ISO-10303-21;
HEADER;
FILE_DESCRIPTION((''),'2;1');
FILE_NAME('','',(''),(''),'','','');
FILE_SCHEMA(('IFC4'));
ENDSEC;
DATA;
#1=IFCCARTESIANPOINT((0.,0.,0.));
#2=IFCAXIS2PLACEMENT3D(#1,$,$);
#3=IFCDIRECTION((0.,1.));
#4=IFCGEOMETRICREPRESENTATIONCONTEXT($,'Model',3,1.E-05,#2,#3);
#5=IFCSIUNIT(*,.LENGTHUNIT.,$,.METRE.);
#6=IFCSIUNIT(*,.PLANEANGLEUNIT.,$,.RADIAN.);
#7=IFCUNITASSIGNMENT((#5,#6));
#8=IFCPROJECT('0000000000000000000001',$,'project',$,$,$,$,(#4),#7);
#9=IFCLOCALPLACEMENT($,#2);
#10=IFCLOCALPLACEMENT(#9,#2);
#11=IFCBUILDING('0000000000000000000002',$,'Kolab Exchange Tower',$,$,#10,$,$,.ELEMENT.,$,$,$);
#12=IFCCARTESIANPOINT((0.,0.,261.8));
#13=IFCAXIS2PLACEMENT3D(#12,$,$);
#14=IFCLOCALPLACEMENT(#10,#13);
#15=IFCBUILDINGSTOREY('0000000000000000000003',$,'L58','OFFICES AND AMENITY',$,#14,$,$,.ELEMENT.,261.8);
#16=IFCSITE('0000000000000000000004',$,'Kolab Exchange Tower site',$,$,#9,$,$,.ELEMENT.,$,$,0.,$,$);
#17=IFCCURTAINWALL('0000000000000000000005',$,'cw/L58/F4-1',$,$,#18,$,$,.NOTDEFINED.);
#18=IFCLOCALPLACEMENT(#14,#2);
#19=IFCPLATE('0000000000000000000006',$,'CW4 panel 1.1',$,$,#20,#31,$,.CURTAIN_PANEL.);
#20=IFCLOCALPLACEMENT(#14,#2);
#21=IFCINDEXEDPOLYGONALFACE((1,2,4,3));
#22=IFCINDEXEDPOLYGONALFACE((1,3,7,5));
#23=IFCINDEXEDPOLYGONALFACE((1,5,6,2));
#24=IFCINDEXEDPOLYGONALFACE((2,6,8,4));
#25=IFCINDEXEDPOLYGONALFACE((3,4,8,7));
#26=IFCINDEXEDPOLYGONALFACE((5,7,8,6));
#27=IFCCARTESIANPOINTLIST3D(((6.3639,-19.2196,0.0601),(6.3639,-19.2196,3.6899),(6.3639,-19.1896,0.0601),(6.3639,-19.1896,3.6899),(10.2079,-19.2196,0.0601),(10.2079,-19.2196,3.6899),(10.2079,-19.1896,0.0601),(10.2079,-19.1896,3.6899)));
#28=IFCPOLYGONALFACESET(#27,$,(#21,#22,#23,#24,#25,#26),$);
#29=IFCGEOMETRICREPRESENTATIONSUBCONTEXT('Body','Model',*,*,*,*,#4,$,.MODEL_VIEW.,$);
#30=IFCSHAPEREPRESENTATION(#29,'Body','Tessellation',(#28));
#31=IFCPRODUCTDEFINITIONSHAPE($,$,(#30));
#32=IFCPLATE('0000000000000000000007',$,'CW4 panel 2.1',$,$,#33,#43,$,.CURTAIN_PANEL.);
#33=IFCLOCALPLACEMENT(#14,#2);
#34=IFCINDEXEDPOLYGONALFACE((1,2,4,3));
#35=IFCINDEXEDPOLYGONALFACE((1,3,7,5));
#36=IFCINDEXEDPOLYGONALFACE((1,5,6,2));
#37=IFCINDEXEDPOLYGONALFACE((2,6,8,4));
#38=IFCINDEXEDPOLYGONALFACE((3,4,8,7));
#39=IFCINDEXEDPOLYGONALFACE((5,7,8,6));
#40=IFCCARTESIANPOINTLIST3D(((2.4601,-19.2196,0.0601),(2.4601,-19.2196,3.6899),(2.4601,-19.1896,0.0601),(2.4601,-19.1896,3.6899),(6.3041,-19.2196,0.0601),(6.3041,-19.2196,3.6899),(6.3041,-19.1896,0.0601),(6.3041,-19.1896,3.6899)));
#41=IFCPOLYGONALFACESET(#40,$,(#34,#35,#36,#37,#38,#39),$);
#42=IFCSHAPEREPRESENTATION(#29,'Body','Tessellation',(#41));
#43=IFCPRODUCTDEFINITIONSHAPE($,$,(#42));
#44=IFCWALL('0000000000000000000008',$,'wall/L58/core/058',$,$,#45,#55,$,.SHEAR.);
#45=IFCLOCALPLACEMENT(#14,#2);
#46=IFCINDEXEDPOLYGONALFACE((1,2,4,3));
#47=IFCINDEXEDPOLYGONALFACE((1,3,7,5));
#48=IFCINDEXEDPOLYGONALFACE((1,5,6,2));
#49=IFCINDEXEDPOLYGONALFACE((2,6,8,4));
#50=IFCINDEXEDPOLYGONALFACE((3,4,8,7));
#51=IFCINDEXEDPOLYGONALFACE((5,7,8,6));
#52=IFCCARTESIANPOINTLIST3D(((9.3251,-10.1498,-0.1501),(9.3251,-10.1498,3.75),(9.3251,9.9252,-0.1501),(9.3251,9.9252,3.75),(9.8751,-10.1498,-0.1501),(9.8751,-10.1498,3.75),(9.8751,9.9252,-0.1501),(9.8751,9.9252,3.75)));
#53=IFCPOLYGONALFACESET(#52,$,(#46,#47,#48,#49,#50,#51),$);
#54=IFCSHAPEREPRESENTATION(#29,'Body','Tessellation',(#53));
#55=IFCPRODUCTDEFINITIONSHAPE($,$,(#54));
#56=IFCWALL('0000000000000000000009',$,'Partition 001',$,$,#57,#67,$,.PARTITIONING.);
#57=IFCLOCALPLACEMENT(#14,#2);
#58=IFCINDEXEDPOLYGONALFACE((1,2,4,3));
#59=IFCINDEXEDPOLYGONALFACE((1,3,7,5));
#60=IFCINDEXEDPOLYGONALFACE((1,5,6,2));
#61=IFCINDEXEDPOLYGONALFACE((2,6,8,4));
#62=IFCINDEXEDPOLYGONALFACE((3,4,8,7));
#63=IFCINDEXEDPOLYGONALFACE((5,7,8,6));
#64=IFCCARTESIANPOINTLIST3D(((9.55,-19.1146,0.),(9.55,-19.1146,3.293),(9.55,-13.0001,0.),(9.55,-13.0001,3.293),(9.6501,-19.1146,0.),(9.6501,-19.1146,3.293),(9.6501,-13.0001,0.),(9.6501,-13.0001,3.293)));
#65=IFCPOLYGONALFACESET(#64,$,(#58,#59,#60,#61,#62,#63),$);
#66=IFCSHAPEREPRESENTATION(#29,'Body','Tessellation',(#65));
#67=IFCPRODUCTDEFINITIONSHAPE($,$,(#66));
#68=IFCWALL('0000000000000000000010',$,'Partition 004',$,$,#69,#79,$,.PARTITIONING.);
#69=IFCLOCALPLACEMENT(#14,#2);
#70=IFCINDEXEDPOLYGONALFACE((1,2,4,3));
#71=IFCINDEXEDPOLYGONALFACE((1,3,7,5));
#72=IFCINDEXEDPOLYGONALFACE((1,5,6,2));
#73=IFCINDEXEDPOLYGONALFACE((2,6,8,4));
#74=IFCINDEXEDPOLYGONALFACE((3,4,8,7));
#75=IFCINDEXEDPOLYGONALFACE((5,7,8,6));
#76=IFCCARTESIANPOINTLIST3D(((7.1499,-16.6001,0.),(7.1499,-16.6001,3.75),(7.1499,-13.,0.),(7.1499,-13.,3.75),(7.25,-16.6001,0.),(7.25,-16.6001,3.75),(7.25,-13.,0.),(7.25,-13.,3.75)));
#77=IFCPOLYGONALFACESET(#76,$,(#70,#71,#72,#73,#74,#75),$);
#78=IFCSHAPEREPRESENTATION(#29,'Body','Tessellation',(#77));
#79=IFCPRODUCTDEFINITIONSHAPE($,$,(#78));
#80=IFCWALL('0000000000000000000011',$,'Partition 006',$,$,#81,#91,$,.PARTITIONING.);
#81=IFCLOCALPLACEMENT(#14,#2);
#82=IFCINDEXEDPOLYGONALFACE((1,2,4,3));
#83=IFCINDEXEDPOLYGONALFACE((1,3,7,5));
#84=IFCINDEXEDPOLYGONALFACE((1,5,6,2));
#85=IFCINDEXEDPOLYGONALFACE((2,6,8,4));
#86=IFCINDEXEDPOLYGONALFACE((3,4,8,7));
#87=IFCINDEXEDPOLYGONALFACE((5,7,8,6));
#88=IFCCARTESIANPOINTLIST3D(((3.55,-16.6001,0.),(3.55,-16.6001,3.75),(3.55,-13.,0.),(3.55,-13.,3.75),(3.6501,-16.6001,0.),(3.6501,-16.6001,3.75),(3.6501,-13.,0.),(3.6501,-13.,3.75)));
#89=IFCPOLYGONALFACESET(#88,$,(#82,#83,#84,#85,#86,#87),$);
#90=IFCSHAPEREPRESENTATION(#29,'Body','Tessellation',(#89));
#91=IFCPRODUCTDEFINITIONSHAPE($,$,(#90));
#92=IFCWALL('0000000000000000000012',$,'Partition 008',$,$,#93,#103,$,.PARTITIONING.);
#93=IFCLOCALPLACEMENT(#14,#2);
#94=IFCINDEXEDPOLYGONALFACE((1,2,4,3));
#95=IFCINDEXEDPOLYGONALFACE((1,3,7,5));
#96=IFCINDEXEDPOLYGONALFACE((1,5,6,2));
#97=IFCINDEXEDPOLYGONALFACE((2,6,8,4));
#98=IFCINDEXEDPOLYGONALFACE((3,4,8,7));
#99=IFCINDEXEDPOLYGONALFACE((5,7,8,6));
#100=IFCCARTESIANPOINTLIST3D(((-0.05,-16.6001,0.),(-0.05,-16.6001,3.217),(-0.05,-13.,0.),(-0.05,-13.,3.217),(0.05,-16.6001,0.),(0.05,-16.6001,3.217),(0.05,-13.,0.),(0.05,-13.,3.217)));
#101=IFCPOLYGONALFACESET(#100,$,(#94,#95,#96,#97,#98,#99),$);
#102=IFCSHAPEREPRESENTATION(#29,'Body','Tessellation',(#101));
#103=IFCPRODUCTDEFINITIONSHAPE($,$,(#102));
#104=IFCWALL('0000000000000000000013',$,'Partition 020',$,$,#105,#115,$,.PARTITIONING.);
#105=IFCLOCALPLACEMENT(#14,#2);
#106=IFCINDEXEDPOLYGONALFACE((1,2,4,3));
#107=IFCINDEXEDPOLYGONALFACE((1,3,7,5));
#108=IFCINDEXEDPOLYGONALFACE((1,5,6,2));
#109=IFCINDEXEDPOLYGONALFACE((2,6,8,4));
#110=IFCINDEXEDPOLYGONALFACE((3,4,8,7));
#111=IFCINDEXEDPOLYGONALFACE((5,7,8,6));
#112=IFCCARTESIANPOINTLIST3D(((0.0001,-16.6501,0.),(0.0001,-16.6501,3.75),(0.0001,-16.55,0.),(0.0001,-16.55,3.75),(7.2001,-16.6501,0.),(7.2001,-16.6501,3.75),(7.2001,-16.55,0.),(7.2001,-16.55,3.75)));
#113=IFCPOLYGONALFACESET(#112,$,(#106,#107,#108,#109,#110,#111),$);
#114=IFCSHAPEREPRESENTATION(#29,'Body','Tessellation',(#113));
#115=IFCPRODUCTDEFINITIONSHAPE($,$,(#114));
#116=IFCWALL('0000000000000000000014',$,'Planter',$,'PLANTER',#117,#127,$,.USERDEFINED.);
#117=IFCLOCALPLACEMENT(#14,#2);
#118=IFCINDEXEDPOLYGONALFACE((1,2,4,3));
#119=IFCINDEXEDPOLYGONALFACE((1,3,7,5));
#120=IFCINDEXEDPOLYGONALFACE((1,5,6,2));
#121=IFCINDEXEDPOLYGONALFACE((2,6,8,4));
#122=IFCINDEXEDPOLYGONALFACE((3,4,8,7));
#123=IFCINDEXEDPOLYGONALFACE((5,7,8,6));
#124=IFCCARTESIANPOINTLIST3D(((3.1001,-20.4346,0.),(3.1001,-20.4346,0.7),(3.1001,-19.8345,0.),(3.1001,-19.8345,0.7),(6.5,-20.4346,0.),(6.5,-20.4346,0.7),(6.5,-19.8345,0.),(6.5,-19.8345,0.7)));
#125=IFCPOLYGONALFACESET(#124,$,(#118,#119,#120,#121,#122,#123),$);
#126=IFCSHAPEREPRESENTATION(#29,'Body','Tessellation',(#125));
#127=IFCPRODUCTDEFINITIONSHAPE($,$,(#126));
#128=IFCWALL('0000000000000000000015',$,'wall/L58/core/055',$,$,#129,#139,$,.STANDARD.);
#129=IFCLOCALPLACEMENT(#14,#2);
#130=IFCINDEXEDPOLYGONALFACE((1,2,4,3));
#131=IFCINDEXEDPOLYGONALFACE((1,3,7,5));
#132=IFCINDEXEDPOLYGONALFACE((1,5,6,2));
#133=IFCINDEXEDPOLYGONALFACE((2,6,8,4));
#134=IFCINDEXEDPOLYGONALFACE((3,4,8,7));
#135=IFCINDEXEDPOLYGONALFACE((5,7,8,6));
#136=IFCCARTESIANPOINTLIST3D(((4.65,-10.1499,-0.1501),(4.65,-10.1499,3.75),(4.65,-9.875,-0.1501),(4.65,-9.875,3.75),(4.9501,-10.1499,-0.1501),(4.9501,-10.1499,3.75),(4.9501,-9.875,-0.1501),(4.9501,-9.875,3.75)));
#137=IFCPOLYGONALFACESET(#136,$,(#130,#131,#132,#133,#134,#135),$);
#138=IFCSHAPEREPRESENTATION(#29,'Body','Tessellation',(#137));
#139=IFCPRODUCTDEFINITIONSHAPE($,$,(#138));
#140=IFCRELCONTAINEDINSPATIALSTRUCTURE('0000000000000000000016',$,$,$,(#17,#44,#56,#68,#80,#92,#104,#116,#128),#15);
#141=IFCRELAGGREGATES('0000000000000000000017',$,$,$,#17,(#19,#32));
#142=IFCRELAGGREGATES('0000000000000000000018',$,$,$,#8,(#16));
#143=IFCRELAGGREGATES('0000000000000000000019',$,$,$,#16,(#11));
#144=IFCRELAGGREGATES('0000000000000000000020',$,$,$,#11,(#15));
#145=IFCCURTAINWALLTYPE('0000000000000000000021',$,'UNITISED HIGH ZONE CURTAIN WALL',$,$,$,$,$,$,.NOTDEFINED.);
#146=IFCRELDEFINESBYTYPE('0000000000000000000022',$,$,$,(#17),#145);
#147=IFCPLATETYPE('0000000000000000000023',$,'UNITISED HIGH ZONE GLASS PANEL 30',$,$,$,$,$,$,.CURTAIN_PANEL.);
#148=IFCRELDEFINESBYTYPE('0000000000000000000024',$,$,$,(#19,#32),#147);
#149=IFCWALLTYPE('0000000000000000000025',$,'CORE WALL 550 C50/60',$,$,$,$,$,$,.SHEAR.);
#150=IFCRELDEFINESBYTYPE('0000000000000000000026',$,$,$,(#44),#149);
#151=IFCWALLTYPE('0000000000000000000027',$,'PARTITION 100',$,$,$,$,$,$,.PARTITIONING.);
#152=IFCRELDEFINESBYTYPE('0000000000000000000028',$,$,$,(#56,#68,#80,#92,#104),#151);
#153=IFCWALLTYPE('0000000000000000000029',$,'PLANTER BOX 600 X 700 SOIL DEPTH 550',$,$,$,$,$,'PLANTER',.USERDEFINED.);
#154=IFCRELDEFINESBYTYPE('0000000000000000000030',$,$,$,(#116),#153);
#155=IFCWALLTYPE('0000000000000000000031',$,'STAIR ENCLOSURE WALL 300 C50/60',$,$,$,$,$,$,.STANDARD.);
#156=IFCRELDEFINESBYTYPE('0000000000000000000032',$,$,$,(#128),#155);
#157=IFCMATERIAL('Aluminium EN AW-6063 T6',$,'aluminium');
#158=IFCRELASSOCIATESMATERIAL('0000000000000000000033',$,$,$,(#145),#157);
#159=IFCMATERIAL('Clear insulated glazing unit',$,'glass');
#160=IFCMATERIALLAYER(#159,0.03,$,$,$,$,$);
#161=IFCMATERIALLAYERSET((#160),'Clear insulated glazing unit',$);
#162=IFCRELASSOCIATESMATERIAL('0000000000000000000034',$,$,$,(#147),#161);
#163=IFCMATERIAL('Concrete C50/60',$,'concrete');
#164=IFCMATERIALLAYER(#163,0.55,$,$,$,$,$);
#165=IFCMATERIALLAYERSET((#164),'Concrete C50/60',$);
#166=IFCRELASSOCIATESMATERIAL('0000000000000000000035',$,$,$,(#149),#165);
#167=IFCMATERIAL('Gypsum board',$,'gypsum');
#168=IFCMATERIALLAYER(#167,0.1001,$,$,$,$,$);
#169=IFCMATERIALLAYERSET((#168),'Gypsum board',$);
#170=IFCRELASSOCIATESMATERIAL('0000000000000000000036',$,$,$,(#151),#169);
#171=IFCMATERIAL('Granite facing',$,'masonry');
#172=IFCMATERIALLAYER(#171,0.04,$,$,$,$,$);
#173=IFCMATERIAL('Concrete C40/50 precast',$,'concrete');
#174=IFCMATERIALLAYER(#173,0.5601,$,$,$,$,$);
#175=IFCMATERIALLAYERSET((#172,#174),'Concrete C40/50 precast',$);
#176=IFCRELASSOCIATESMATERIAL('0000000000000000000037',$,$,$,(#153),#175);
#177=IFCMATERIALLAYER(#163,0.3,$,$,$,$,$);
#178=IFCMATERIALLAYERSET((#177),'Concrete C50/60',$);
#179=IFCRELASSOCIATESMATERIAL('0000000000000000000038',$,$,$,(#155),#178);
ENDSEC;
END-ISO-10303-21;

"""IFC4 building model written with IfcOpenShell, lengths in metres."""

from ifc_helpers import new_model, si_unit, direction, frame, frame_2d, origin, origin_2d, place, context, subcontext, project, spatial, rectangle, extrude, material, layer, layer_set, type_object, element, aggregate, save


model = new_model("IFC4")

# Units and contexts
model_context = context("Model", 3, precision=1e-05, world=origin(), true_north=direction((0.0, 1.0)))
body_context = subcontext(model_context, "Body", "Model", "MODEL_VIEW")
ifc_project = project(units=[si_unit("LENGTHUNIT", "METRE"), si_unit("PLANEANGLEUNIT", "RADIAN")], contexts=[model_context])

# Site, building, storey
site_placement = place(None, origin())
site = spatial("IfcSite", under=ifc_project, at=site_placement, Name="Kolab Exchange Tower site", CompositionType="ELEMENT", RefElevation=0.0)
building_placement = place(site_placement, origin())
building = spatial("IfcBuilding", under=site, at=building_placement, Name="Kolab Exchange Tower", CompositionType="ELEMENT")
storey_placement = place(building_placement, frame((0.0, 0.0, 261.8)))
storey = spatial("IfcBuildingStorey", under=building, at=storey_placement, Name="L58", Description="OFFICES AND AMENITY", CompositionType="ELEMENT", Elevation=261.8)

# Shared definitions
ifc_material_1 = material(Name="Concrete C50/60", Category="concrete")

# Curtain wall, plates
ifc_material_2 = material(Name="Aluminium EN AW-6063 T6", Category="aluminium")
curtain_wall_type = type_object("IfcCurtainWallType", Name="UNITISED HIGH ZONE CURTAIN WALL", PredefinedType="NOTDEFINED", material=ifc_material_2)
curtain_wall_placement = place(storey_placement, origin())
curtain_wall = element("IfcCurtainWall", 1, at=curtain_wall_placement, inside=storey, type_object=curtain_wall_type, Name="cw/L58/F4-1", PredefinedType="NOTDEFINED")
ifc_material_3 = material(Name="Clear insulated glazing unit", Category="glass")
ifc_layer_1 = layer(ifc_material_3, 0.03)
ifc_layer_set_1 = layer_set([ifc_layer_1], Name="Clear insulated glazing unit")
plate_type = type_object("IfcPlateType", Name="UNITISED HIGH ZONE GLASS PANEL 30", PredefinedType="CURTAIN_PANEL", material=ifc_layer_set_1)
plate_1_placement = place(storey_placement, frame((8.2859, -19.2046, 0.0601), z_axis=(0.0, 0.0, 1.0), x_axis=(-1.0, 0.0, 0.0)))
plate_1 = element("IfcPlate", 2, at=plate_1_placement, type_object=plate_type, Name="CW4 panel 1.1", PredefinedType="CURTAIN_PANEL", context=body_context, shape_type="SweptSolid", body=[
    extrude(rectangle(XDim=3.844, YDim=0.03, at=origin_2d()), origin(), (0.0, 0.0, 1.0), 3.6299),
])
plate_2_placement = place(storey_placement, frame((4.3821, -19.2046, 0.0601), z_axis=(0.0, 0.0, 1.0), x_axis=(-1.0, 0.0, 0.0)))
plate_2 = element("IfcPlate", 3, at=plate_2_placement, type_object=plate_type, Name="CW4 panel 2.1", PredefinedType="CURTAIN_PANEL", context=body_context, shape_type="SweptSolid", body=[
    extrude(rectangle(XDim=3.844, YDim=0.03, at=origin_2d()), origin(), (0.0, 0.0, 1.0), 3.6299),
])
aggregate(curtain_wall, [plate_1, plate_2])

# Wall
ifc_layer_2 = layer(ifc_material_1, 0.55)
ifc_layer_set_2 = layer_set([ifc_layer_2], Name="Concrete C50/60")
wall_type_1 = type_object("IfcWallType", Name="CORE WALL 550 C50/60", PredefinedType="SHEAR", material=ifc_layer_set_2)
wall_1_placement = place(storey_placement, frame((9.6001, -10.1499, -0.1501), z_axis=(0.0, 0.0, 1.0), x_axis=(0.0, 1.0, 0.0)))
element("IfcWall", 4, at=wall_1_placement, inside=storey, type_object=wall_type_1, Name="wall/L58/core/058", PredefinedType="SHEAR", context=body_context, shape_type="SweptSolid", body=[
    extrude(rectangle(XDim=20.075, YDim=0.55, at=frame_2d((10.0376, 0.0))), origin(), (0.0, 0.0, 1.0), 3.9001),
])

# Walls
ifc_material_4 = material(Name="Gypsum board", Category="gypsum")
ifc_layer_3 = layer(ifc_material_4, 0.1001)
ifc_layer_set_3 = layer_set([ifc_layer_3], Name="Gypsum board")
wall_type_2 = type_object("IfcWallType", Name="PARTITION 100", PredefinedType="PARTITIONING", material=ifc_layer_set_3)
wall_2_placement = place(storey_placement, frame((9.6001, -19.1145, 0.0), z_axis=(0.0, 0.0, 1.0), x_axis=(0.0, 1.0, 0.0)))
element("IfcWall", 5, at=wall_2_placement, inside=storey, type_object=wall_type_2, Name="Partition 001", PredefinedType="PARTITIONING", context=body_context, shape_type="SweptSolid", body=[
    extrude(rectangle(XDim=6.1145, YDim=0.1001, at=frame_2d((3.0571, 0.0))), origin(), (0.0, 0.0, 1.0), 3.293),
])
for number, where, z_axis, x_axis, name in (
    (6, (7.2, -16.6001, 0.0), (0.0, 0.0, 1.0), (0.0, 1.0, 0.0), "Partition 004"),
    (7, (3.6001, -16.6001, 0.0), (0.0, 0.0, 1.0), (0.0, 1.0, 0.0), "Partition 006"),
):
    element("IfcWall", number, at=place(storey_placement, frame(where, z_axis=z_axis, x_axis=x_axis)), inside=storey, type_object=wall_type_2, Name=name, PredefinedType="PARTITIONING", context=body_context, shape_type="SweptSolid", body=[
        extrude(rectangle(XDim=3.6001, YDim=0.1001, at=frame_2d((1.8, 0.0))), origin(), (0.0, 0.0, 1.0), 3.75),
    ])
wall_3_placement = place(storey_placement, frame((0.0, -16.6001, 0.0), z_axis=(0.0, 0.0, 1.0), x_axis=(0.0, 1.0, 0.0)))
element("IfcWall", 8, at=wall_3_placement, inside=storey, type_object=wall_type_2, Name="Partition 008", PredefinedType="PARTITIONING", context=body_context, shape_type="SweptSolid", body=[
    extrude(rectangle(XDim=3.6001, YDim=0.1001, at=frame_2d((1.8, 0.0))), origin(), (0.0, 0.0, 1.0), 3.217),
])
wall_4_placement = place(storey_placement, frame((0.0, -16.6001, 0.0), z_axis=(0.0, 0.0, 1.0), x_axis=(1.0, 0.0, 0.0)))
element("IfcWall", 9, at=wall_4_placement, inside=storey, type_object=wall_type_2, Name="Partition 020", PredefinedType="PARTITIONING", context=body_context, shape_type="SweptSolid", body=[
    extrude(rectangle(XDim=7.2, YDim=0.1001, at=frame_2d((3.6001, 0.0))), origin(), (0.0, 0.0, 1.0), 3.75),
])
ifc_material_5 = material(Name="Granite facing", Category="masonry")
ifc_layer_4 = layer(ifc_material_5, 0.04)
ifc_material_6 = material(Name="Concrete C40/50 precast", Category="concrete")
ifc_layer_5 = layer(ifc_material_6, 0.5601)
ifc_layer_set_4 = layer_set([ifc_layer_4, ifc_layer_5], Name="Concrete C40/50 precast")
wall_type_3 = type_object("IfcWallType", Name="PLANTER BOX 600 X 700 SOIL DEPTH 550", ElementType="PLANTER", PredefinedType="USERDEFINED", material=ifc_layer_set_4)
wall_5_placement = place(storey_placement, frame((6.5, -20.1345, 0.0), z_axis=(0.0, 0.0, 1.0), x_axis=(-1.0, 0.0, 0.0)))
element("IfcWall", 10, at=wall_5_placement, inside=storey, type_object=wall_type_3, Name="Planter", ObjectType="PLANTER", PredefinedType="USERDEFINED", context=body_context, shape_type="SweptSolid", body=[
    extrude(rectangle(XDim=3.3999, YDim=0.6001, at=frame_2d((1.7, 0.0))), origin(), (0.0, 0.0, 1.0), 0.7),
])
ifc_layer_6 = layer(ifc_material_1, 0.3)
ifc_layer_set_5 = layer_set([ifc_layer_6], Name="Concrete C50/60")
wall_type_4 = type_object("IfcWallType", Name="STAIR ENCLOSURE WALL 300 C50/60", PredefinedType="STANDARD", material=ifc_layer_set_5)
wall_6_placement = place(storey_placement, frame((4.8, -10.1499, -0.1501), z_axis=(0.0, 0.0, 1.0), x_axis=(0.0, 1.0, 0.0)))
element("IfcWall", 11, at=wall_6_placement, inside=storey, type_object=wall_type_4, Name="wall/L58/core/055", PredefinedType="STANDARD", context=body_context, shape_type="SweptSolid", body=[
    extrude(rectangle(XDim=0.2749, YDim=0.3, at=frame_2d((0.1375, 0.0))), origin(), (0.0, 0.0, 1.0), 3.9001),
])

save(model, "model.ifc")
